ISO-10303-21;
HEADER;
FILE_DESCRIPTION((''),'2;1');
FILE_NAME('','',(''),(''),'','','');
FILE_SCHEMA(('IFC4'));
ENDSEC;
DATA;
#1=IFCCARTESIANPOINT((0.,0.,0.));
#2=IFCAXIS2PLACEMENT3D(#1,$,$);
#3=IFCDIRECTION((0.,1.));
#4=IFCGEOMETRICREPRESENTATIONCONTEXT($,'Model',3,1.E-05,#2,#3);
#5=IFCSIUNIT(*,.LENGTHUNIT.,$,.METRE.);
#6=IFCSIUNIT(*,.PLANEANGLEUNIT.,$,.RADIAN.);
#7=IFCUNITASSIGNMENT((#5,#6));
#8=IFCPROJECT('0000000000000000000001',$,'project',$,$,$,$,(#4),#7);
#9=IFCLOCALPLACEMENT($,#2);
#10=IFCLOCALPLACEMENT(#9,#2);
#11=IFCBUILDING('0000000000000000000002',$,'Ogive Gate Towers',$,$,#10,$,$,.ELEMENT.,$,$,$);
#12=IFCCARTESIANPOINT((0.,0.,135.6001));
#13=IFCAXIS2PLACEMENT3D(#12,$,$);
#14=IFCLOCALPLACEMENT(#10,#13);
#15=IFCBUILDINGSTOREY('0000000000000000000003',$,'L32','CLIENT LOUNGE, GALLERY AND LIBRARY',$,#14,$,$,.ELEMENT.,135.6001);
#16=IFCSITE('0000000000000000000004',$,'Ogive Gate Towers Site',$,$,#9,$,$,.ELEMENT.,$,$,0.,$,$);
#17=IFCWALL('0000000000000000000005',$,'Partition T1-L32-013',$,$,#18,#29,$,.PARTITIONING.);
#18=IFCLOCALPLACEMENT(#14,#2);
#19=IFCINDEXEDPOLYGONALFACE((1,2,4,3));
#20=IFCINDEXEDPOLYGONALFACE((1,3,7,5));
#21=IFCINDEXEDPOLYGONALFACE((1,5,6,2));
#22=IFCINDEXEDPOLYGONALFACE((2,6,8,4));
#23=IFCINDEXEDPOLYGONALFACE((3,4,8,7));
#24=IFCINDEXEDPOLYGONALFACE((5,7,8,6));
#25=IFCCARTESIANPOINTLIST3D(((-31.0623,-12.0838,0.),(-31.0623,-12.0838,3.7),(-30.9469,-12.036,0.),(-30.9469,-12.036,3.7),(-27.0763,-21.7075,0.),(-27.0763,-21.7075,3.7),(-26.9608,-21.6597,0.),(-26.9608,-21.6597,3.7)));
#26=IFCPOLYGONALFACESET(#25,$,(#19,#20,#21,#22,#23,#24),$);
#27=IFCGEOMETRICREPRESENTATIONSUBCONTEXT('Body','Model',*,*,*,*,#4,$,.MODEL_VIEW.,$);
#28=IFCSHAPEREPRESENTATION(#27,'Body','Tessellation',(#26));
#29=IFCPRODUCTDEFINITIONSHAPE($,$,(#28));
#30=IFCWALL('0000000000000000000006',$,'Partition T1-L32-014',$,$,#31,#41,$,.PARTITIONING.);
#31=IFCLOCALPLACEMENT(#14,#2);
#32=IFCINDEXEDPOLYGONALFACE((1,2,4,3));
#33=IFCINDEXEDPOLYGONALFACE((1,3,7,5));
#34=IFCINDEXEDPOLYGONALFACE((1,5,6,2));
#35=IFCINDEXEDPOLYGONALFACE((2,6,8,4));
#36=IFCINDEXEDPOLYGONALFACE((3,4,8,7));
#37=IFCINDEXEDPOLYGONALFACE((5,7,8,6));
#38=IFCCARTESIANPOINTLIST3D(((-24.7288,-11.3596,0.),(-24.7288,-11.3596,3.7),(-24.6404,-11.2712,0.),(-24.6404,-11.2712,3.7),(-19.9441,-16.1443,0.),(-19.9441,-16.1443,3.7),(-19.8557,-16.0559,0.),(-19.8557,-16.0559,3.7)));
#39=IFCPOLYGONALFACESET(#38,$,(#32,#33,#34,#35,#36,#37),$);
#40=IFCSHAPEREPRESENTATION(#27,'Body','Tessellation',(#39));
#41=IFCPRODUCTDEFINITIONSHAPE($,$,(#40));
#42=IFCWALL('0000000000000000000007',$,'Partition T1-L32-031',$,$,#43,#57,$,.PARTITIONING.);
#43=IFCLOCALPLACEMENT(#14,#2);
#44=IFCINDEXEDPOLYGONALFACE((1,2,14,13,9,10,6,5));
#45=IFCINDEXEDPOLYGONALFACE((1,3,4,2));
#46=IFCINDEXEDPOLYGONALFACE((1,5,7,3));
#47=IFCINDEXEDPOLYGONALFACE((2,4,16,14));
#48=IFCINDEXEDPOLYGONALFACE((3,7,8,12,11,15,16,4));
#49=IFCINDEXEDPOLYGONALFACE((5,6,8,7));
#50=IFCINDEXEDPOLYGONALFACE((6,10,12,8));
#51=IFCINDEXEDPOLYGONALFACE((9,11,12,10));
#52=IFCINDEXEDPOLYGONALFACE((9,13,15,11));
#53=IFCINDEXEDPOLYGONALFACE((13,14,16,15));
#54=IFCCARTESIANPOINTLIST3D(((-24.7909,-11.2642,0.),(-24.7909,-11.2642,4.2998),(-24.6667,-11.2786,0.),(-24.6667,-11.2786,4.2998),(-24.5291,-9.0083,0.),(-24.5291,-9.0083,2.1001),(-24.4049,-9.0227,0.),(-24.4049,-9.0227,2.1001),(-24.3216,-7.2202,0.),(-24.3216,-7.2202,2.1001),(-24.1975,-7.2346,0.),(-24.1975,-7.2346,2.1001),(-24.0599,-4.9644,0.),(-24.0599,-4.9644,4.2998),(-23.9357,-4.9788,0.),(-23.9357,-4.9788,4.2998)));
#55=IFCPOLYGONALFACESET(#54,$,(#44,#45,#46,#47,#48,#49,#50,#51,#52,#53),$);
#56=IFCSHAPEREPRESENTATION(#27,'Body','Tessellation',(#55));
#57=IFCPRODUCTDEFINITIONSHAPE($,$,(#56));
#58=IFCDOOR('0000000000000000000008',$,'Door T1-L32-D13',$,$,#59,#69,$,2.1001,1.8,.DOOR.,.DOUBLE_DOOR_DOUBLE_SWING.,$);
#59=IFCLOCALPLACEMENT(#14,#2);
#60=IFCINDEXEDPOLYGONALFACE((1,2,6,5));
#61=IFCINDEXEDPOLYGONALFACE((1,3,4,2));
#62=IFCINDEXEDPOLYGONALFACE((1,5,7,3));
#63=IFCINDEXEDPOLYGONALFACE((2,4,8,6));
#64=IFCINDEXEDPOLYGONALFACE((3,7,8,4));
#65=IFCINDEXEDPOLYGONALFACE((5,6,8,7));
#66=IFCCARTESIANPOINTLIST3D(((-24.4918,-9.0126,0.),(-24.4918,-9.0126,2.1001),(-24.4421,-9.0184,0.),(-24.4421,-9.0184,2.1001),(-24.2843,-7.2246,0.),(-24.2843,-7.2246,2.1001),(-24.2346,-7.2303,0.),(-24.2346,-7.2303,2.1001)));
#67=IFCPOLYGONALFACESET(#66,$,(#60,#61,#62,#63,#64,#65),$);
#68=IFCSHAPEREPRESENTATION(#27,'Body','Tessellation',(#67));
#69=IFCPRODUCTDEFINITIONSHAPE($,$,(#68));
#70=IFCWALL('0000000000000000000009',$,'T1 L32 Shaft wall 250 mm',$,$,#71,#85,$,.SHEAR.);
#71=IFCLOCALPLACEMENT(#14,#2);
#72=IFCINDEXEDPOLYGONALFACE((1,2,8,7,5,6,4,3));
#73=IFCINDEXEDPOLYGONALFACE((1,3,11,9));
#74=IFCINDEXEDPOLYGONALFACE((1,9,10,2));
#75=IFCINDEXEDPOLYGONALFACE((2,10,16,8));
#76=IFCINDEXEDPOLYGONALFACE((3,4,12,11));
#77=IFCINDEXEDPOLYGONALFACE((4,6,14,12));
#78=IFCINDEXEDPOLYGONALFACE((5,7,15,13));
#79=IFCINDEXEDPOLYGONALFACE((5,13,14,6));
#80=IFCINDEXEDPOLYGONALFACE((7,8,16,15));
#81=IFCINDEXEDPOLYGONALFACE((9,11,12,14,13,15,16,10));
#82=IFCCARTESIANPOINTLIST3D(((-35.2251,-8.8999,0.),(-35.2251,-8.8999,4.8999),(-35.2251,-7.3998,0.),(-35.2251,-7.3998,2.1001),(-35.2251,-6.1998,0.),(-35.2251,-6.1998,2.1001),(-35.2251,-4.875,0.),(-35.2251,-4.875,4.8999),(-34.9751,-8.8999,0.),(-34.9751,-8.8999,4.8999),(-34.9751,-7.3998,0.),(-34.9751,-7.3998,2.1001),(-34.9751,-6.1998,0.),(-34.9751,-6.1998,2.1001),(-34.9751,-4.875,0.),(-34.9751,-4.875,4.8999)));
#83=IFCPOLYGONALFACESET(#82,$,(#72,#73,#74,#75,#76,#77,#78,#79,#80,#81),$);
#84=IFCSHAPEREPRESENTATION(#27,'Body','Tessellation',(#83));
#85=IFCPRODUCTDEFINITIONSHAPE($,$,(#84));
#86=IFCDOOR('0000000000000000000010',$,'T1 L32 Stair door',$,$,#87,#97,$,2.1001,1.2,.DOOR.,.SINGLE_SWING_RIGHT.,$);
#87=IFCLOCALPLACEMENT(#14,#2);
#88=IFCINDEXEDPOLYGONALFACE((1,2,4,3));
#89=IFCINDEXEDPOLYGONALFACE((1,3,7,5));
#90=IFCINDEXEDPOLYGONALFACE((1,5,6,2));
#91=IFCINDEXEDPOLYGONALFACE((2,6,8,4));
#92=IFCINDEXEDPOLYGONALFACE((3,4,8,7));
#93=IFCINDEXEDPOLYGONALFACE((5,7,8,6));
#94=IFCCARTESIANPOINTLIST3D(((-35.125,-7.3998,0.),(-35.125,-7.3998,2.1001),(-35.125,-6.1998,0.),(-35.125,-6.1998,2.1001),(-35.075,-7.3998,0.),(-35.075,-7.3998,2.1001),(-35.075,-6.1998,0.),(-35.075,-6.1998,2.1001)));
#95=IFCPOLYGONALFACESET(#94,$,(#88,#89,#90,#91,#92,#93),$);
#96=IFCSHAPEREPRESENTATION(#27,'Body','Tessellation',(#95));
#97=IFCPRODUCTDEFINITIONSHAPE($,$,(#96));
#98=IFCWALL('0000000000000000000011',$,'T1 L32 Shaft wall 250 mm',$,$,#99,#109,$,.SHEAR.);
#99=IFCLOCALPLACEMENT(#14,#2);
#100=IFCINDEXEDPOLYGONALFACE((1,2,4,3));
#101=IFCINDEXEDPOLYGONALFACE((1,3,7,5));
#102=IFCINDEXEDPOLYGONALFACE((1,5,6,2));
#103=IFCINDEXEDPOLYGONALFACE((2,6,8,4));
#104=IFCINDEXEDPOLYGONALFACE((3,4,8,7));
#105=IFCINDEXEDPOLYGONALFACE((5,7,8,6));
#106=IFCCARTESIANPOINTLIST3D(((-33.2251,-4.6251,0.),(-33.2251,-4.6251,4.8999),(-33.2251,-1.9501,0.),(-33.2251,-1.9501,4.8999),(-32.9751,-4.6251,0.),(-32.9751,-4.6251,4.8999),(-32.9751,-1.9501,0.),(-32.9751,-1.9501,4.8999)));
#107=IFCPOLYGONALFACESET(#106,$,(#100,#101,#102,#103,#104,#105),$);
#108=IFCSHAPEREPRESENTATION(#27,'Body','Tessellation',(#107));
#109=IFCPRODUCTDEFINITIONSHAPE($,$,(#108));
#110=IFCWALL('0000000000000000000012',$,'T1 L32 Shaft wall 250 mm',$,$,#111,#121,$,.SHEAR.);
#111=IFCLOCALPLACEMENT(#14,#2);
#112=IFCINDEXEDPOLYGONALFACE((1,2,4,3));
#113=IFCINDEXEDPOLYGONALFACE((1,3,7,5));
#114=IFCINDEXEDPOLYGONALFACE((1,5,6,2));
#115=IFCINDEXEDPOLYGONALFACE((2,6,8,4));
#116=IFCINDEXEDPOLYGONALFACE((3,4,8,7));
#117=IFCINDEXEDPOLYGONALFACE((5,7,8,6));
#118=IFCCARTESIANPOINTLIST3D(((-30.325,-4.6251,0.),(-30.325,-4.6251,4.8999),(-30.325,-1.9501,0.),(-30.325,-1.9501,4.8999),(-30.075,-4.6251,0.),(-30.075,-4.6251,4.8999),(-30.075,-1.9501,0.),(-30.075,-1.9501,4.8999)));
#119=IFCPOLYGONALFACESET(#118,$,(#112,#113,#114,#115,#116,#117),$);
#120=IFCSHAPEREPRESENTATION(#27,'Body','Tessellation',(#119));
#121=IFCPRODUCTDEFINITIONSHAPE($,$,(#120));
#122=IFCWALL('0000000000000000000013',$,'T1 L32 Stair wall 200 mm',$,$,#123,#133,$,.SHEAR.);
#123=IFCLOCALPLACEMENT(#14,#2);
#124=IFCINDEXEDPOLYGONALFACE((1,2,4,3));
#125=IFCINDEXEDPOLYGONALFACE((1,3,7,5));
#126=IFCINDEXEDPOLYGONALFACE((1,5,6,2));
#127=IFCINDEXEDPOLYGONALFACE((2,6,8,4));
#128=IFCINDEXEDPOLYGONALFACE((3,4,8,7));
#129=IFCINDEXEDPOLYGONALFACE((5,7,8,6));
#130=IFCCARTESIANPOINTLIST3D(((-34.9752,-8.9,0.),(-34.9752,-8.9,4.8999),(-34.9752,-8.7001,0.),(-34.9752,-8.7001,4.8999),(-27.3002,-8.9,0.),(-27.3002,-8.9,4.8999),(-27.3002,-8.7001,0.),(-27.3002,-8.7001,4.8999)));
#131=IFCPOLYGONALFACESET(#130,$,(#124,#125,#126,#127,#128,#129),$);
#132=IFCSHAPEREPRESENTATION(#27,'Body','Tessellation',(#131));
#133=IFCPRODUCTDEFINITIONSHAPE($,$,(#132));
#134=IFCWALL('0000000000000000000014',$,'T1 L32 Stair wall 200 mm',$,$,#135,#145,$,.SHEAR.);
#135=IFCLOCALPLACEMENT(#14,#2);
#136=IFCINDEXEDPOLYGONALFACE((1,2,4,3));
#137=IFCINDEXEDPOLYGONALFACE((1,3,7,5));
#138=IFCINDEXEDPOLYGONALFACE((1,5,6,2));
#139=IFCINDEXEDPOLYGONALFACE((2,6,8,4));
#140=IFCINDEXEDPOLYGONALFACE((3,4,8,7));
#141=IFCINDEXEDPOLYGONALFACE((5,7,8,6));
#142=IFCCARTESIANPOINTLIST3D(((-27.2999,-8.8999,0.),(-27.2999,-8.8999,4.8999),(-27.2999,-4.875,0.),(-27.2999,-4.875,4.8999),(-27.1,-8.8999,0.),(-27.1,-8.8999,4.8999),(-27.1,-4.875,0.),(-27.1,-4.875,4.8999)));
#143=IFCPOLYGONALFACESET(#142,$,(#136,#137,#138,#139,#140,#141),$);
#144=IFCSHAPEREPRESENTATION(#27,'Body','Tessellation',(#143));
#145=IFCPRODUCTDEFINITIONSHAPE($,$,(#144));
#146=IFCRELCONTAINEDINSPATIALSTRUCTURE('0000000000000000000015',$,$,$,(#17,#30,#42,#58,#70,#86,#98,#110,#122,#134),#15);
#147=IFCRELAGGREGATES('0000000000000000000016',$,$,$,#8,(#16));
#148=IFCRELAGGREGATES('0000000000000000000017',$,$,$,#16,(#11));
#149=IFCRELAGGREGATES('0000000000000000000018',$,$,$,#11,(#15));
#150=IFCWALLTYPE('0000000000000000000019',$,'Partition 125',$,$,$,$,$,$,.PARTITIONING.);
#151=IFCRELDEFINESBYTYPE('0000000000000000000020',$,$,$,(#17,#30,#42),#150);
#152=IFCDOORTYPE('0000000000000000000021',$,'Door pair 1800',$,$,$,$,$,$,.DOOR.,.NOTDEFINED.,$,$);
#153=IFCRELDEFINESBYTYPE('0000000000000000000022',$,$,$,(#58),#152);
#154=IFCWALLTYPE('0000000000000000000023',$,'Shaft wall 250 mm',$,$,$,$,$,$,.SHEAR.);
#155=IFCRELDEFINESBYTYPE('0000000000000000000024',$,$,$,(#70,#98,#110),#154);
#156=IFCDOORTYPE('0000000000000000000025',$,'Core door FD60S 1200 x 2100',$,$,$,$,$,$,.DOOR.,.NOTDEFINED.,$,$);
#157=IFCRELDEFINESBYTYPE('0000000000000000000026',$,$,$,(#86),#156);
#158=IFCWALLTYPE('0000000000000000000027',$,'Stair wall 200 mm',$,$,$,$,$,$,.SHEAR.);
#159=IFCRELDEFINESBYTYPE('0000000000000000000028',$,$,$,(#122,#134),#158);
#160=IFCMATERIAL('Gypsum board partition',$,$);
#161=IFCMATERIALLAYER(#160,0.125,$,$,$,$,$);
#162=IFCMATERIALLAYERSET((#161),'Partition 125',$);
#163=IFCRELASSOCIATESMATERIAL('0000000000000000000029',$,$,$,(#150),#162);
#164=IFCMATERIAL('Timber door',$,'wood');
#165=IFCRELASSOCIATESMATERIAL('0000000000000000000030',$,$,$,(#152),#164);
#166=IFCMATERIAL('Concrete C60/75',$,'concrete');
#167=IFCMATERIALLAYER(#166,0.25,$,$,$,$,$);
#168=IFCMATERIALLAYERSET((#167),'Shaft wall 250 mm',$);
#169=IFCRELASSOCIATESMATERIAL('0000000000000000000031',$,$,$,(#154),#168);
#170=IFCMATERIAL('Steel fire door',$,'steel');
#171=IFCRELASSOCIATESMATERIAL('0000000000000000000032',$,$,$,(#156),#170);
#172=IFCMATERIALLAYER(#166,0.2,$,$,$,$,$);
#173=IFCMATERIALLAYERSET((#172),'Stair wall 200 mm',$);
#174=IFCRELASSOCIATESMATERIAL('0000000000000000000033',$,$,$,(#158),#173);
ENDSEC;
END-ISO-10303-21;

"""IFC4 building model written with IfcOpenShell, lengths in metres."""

from ifc_helpers import new_model, si_unit, direction, frame, frame_2d, origin, place, context, subcontext, project, spatial, rectangle, extrude, material, layer, layer_set, type_object, element, fill, save


model = new_model("IFC4")

# Units and contexts
model_context = context("Model", 3, precision=1e-05, world=origin(), true_north=direction((0.0, 1.0)))
body_context = subcontext(model_context, "Body", "Model", "MODEL_VIEW")
ifc_project = project(units=[si_unit("LENGTHUNIT", "METRE"), si_unit("PLANEANGLEUNIT", "RADIAN")], contexts=[model_context])

# Site, building, storey
site_placement = place(None, origin())
site = spatial("IfcSite", under=ifc_project, at=site_placement, Name="Ogive Gate Towers Site", CompositionType="ELEMENT", RefElevation=0.0)
building_placement = place(site_placement, origin())
building = spatial("IfcBuilding", under=site, at=building_placement, Name="Ogive Gate Towers", CompositionType="ELEMENT")
storey_placement = place(building_placement, frame((0.0, 0.0, 135.6001)))
storey = spatial("IfcBuildingStorey", under=building, at=storey_placement, Name="L32", Description="CLIENT LOUNGE, GALLERY AND LIBRARY", CompositionType="ELEMENT", Elevation=135.6001)

# Shared definitions
ifc_material_1 = material(Name="Concrete C60/75", Category="concrete")
ifc_material_2 = material(Name="Steel fire door", Category="steel")

# Walls
ifc_material_3 = material(Name="Gypsum board partition")
ifc_layer_1 = layer(ifc_material_3, 0.125)
ifc_layer_set_1 = layer_set([ifc_layer_1], Name="Partition 125")
wall_type_1 = type_object("IfcWallType", Name="Partition 125", PredefinedType="PARTITIONING", material=ifc_layer_set_1)
wall_1_placement = place(storey_placement, frame((-27.0186, -21.6836, 0.0), z_axis=(0.0, 0.0, 1.0), x_axis=(-0.382666, 0.923887, 0.0)))
element("IfcWall", 1, at=wall_1_placement, inside=storey, type_object=wall_type_1, Name="Partition T1-L32-013", PredefinedType="PARTITIONING", context=body_context, shape_type="SweptSolid", body=[
    extrude(rectangle(XDim=10.4165, YDim=0.125, at=frame_2d((5.2083, 0.0))), origin(), (0.0, 0.0, 1.0), 3.7),
])
wall_2_placement = place(storey_placement, frame((-19.8999, -16.1001, 0.0), z_axis=(0.0, 0.0, 1.0), x_axis=(-0.707107, 0.707107, 0.0)))
element("IfcWall", 2, at=wall_2_placement, inside=storey, type_object=wall_type_1, Name="Partition T1-L32-014", PredefinedType="PARTITIONING", context=body_context, shape_type="SweptSolid", body=[
    extrude(rectangle(XDim=6.7666, YDim=0.125, at=frame_2d((3.3833, 0.0))), origin(), (0.0, 0.0, 1.0), 3.7),
])

# Walls, openings, doors
wall_3_placement = place(storey_placement, frame((-24.7288, -11.2712, 0.0), z_axis=(0.0, 0.0, 1.0), x_axis=(0.115255, 0.993336, 0.0)))
wall_3 = element("IfcWall", 3, at=wall_3_placement, inside=storey, type_object=wall_type_1, Name="Partition T1-L32-031", PredefinedType="PARTITIONING", context=body_context, shape_type="SweptSolid", body=[
    extrude(rectangle(XDim=6.342, YDim=0.125, at=frame_2d((3.1709, 0.0))), origin(), (0.0, 0.0, 1.0), 4.2998),
])
opening_1_placement = place(wall_3_placement, frame((2.271, 0.0, 0.0)))
opening_1 = element("IfcOpeningElement", 4, at=opening_1_placement, cuts=wall_3, PredefinedType="OPENING", context=body_context, shape_type="SweptSolid", body=[
    extrude(rectangle(XDim=1.8, YDim=2.1001, at=frame_2d((0.8999, 1.05))), frame((0.0, 0.0725, 0.0), z_axis=(0.0, -1.0, 0.0), x_axis=(1.0, 0.0, 0.0)), (0.0, 0.0, 1.0), 0.145),
])
ifc_material_4 = material(Name="Timber door", Category="wood")
door_type_1 = type_object("IfcDoorType", Name="Door pair 1800", OperationType="NOTDEFINED", PredefinedType="DOOR", material=ifc_material_4)
door_1_placement = place(opening_1_placement, origin())
door_1 = element("IfcDoor", 5, at=door_1_placement, inside=storey, type_object=door_type_1, Name="Door T1-L32-D13", OperationType="DOUBLE_DOOR_DOUBLE_SWING", OverallHeight=2.1001, OverallWidth=1.8, PredefinedType="DOOR", context=body_context, shape_type="SweptSolid", body=[
    extrude(rectangle(XDim=1.8, YDim=2.1001, at=frame_2d((0.8999, 1.05))), frame((0.0, 0.0249, 0.0), z_axis=(0.0, -1.0, 0.0), x_axis=(1.0, 0.0, 0.0)), (0.0, 0.0, 1.0), 0.05),
])
fill(opening_1, door_1)
ifc_layer_2 = layer(ifc_material_1, 0.25)
ifc_layer_set_2 = layer_set([ifc_layer_2], Name="Shaft wall 250 mm")
wall_type_2 = type_object("IfcWallType", Name="Shaft wall 250 mm", PredefinedType="SHEAR", material=ifc_layer_set_2)
wall_4_placement = place(storey_placement, frame((-35.1001, -8.8999, 0.0), z_axis=(0.0, 0.0, 1.0), x_axis=(0.0, 1.0, 0.0)))
wall_4 = element("IfcWall", 6, at=wall_4_placement, inside=storey, type_object=wall_type_2, Name="T1 L32 Shaft wall 250 mm", PredefinedType="SHEAR", context=body_context, shape_type="SweptSolid", body=[
    extrude(rectangle(XDim=4.0249, YDim=0.25, at=frame_2d((2.0125, 0.0))), origin(), (0.0, 0.0, 1.0), 4.8999),
])
opening_2_placement = place(wall_4_placement, frame((1.5, 0.0, 0.0)))
opening_2 = element("IfcOpeningElement", 7, at=opening_2_placement, cuts=wall_4, PredefinedType="OPENING", context=body_context, shape_type="SweptSolid", body=[
    extrude(rectangle(XDim=1.2, YDim=2.1001, at=frame_2d((0.6001, 1.05))), frame((0.0, 0.135, 0.0), z_axis=(0.0, -1.0, 0.0), x_axis=(1.0, 0.0, 0.0)), (0.0, 0.0, 1.0), 0.27),
])
door_type_2 = type_object("IfcDoorType", Name="Core door FD60S 1200 x 2100", OperationType="NOTDEFINED", PredefinedType="DOOR", material=ifc_material_2)
door_2_placement = place(opening_2_placement, origin())
door_2 = element("IfcDoor", 8, at=door_2_placement, inside=storey, type_object=door_type_2, Name="T1 L32 Stair door", OperationType="SINGLE_SWING_RIGHT", OverallHeight=2.1001, OverallWidth=1.2, PredefinedType="DOOR", context=body_context, shape_type="SweptSolid", body=[
    extrude(rectangle(XDim=1.2, YDim=2.1001, at=frame_2d((0.6001, 1.05))), frame((0.0, 0.0249, 0.0), z_axis=(0.0, -1.0, 0.0), x_axis=(1.0, 0.0, 0.0)), (0.0, 0.0, 1.0), 0.05),
])
fill(opening_2, door_2)

# Walls
for number, where, z_axis, x_axis, name in (
    (9, (-33.1001, -4.625, 0.0), (0.0, 0.0, 1.0), (0.0, 1.0, 0.0), "T1 L32 Shaft wall 250 mm"),
    (10, (-30.2, -4.625, 0.0), (0.0, 0.0, 1.0), (0.0, 1.0, 0.0), "T1 L32 Shaft wall 250 mm"),
):
    element("IfcWall", number, at=place(storey_placement, frame(where, z_axis=z_axis, x_axis=x_axis)), inside=storey, type_object=wall_type_2, Name=name, PredefinedType="SHEAR", context=body_context, shape_type="SweptSolid", body=[
        extrude(rectangle(XDim=2.675, YDim=0.25, at=frame_2d((1.3374, 0.0))), origin(), (0.0, 0.0, 1.0), 4.8999),
    ])
ifc_layer_3 = layer(ifc_material_1, 0.2)
ifc_layer_set_3 = layer_set([ifc_layer_3], Name="Stair wall 200 mm")
wall_type_3 = type_object("IfcWallType", Name="Stair wall 200 mm", PredefinedType="SHEAR", material=ifc_layer_set_3)
wall_5_placement = place(storey_placement, frame((-34.9751, -8.8, 0.0), z_axis=(0.0, 0.0, 1.0), x_axis=(1.0, 0.0, 0.0)))
element("IfcWall", 11, at=wall_5_placement, inside=storey, type_object=wall_type_3, Name="T1 L32 Stair wall 200 mm", PredefinedType="SHEAR", context=body_context, shape_type="SweptSolid", body=[
    extrude(rectangle(XDim=7.675, YDim=0.2, at=frame_2d((3.8374, 0.0))), origin(), (0.0, 0.0, 1.0), 4.8999),
])
wall_6_placement = place(storey_placement, frame((-27.2, -8.8999, 0.0), z_axis=(0.0, 0.0, 1.0), x_axis=(0.0, 1.0, 0.0)))
element("IfcWall", 12, at=wall_6_placement, inside=storey, type_object=wall_type_3, Name="T1 L32 Stair wall 200 mm", PredefinedType="SHEAR", context=body_context, shape_type="SweptSolid", body=[
    extrude(rectangle(XDim=4.0249, YDim=0.2, at=frame_2d((2.0125, 0.0))), origin(), (0.0, 0.0, 1.0), 4.8999),
])

save(model, "model.ifc")
